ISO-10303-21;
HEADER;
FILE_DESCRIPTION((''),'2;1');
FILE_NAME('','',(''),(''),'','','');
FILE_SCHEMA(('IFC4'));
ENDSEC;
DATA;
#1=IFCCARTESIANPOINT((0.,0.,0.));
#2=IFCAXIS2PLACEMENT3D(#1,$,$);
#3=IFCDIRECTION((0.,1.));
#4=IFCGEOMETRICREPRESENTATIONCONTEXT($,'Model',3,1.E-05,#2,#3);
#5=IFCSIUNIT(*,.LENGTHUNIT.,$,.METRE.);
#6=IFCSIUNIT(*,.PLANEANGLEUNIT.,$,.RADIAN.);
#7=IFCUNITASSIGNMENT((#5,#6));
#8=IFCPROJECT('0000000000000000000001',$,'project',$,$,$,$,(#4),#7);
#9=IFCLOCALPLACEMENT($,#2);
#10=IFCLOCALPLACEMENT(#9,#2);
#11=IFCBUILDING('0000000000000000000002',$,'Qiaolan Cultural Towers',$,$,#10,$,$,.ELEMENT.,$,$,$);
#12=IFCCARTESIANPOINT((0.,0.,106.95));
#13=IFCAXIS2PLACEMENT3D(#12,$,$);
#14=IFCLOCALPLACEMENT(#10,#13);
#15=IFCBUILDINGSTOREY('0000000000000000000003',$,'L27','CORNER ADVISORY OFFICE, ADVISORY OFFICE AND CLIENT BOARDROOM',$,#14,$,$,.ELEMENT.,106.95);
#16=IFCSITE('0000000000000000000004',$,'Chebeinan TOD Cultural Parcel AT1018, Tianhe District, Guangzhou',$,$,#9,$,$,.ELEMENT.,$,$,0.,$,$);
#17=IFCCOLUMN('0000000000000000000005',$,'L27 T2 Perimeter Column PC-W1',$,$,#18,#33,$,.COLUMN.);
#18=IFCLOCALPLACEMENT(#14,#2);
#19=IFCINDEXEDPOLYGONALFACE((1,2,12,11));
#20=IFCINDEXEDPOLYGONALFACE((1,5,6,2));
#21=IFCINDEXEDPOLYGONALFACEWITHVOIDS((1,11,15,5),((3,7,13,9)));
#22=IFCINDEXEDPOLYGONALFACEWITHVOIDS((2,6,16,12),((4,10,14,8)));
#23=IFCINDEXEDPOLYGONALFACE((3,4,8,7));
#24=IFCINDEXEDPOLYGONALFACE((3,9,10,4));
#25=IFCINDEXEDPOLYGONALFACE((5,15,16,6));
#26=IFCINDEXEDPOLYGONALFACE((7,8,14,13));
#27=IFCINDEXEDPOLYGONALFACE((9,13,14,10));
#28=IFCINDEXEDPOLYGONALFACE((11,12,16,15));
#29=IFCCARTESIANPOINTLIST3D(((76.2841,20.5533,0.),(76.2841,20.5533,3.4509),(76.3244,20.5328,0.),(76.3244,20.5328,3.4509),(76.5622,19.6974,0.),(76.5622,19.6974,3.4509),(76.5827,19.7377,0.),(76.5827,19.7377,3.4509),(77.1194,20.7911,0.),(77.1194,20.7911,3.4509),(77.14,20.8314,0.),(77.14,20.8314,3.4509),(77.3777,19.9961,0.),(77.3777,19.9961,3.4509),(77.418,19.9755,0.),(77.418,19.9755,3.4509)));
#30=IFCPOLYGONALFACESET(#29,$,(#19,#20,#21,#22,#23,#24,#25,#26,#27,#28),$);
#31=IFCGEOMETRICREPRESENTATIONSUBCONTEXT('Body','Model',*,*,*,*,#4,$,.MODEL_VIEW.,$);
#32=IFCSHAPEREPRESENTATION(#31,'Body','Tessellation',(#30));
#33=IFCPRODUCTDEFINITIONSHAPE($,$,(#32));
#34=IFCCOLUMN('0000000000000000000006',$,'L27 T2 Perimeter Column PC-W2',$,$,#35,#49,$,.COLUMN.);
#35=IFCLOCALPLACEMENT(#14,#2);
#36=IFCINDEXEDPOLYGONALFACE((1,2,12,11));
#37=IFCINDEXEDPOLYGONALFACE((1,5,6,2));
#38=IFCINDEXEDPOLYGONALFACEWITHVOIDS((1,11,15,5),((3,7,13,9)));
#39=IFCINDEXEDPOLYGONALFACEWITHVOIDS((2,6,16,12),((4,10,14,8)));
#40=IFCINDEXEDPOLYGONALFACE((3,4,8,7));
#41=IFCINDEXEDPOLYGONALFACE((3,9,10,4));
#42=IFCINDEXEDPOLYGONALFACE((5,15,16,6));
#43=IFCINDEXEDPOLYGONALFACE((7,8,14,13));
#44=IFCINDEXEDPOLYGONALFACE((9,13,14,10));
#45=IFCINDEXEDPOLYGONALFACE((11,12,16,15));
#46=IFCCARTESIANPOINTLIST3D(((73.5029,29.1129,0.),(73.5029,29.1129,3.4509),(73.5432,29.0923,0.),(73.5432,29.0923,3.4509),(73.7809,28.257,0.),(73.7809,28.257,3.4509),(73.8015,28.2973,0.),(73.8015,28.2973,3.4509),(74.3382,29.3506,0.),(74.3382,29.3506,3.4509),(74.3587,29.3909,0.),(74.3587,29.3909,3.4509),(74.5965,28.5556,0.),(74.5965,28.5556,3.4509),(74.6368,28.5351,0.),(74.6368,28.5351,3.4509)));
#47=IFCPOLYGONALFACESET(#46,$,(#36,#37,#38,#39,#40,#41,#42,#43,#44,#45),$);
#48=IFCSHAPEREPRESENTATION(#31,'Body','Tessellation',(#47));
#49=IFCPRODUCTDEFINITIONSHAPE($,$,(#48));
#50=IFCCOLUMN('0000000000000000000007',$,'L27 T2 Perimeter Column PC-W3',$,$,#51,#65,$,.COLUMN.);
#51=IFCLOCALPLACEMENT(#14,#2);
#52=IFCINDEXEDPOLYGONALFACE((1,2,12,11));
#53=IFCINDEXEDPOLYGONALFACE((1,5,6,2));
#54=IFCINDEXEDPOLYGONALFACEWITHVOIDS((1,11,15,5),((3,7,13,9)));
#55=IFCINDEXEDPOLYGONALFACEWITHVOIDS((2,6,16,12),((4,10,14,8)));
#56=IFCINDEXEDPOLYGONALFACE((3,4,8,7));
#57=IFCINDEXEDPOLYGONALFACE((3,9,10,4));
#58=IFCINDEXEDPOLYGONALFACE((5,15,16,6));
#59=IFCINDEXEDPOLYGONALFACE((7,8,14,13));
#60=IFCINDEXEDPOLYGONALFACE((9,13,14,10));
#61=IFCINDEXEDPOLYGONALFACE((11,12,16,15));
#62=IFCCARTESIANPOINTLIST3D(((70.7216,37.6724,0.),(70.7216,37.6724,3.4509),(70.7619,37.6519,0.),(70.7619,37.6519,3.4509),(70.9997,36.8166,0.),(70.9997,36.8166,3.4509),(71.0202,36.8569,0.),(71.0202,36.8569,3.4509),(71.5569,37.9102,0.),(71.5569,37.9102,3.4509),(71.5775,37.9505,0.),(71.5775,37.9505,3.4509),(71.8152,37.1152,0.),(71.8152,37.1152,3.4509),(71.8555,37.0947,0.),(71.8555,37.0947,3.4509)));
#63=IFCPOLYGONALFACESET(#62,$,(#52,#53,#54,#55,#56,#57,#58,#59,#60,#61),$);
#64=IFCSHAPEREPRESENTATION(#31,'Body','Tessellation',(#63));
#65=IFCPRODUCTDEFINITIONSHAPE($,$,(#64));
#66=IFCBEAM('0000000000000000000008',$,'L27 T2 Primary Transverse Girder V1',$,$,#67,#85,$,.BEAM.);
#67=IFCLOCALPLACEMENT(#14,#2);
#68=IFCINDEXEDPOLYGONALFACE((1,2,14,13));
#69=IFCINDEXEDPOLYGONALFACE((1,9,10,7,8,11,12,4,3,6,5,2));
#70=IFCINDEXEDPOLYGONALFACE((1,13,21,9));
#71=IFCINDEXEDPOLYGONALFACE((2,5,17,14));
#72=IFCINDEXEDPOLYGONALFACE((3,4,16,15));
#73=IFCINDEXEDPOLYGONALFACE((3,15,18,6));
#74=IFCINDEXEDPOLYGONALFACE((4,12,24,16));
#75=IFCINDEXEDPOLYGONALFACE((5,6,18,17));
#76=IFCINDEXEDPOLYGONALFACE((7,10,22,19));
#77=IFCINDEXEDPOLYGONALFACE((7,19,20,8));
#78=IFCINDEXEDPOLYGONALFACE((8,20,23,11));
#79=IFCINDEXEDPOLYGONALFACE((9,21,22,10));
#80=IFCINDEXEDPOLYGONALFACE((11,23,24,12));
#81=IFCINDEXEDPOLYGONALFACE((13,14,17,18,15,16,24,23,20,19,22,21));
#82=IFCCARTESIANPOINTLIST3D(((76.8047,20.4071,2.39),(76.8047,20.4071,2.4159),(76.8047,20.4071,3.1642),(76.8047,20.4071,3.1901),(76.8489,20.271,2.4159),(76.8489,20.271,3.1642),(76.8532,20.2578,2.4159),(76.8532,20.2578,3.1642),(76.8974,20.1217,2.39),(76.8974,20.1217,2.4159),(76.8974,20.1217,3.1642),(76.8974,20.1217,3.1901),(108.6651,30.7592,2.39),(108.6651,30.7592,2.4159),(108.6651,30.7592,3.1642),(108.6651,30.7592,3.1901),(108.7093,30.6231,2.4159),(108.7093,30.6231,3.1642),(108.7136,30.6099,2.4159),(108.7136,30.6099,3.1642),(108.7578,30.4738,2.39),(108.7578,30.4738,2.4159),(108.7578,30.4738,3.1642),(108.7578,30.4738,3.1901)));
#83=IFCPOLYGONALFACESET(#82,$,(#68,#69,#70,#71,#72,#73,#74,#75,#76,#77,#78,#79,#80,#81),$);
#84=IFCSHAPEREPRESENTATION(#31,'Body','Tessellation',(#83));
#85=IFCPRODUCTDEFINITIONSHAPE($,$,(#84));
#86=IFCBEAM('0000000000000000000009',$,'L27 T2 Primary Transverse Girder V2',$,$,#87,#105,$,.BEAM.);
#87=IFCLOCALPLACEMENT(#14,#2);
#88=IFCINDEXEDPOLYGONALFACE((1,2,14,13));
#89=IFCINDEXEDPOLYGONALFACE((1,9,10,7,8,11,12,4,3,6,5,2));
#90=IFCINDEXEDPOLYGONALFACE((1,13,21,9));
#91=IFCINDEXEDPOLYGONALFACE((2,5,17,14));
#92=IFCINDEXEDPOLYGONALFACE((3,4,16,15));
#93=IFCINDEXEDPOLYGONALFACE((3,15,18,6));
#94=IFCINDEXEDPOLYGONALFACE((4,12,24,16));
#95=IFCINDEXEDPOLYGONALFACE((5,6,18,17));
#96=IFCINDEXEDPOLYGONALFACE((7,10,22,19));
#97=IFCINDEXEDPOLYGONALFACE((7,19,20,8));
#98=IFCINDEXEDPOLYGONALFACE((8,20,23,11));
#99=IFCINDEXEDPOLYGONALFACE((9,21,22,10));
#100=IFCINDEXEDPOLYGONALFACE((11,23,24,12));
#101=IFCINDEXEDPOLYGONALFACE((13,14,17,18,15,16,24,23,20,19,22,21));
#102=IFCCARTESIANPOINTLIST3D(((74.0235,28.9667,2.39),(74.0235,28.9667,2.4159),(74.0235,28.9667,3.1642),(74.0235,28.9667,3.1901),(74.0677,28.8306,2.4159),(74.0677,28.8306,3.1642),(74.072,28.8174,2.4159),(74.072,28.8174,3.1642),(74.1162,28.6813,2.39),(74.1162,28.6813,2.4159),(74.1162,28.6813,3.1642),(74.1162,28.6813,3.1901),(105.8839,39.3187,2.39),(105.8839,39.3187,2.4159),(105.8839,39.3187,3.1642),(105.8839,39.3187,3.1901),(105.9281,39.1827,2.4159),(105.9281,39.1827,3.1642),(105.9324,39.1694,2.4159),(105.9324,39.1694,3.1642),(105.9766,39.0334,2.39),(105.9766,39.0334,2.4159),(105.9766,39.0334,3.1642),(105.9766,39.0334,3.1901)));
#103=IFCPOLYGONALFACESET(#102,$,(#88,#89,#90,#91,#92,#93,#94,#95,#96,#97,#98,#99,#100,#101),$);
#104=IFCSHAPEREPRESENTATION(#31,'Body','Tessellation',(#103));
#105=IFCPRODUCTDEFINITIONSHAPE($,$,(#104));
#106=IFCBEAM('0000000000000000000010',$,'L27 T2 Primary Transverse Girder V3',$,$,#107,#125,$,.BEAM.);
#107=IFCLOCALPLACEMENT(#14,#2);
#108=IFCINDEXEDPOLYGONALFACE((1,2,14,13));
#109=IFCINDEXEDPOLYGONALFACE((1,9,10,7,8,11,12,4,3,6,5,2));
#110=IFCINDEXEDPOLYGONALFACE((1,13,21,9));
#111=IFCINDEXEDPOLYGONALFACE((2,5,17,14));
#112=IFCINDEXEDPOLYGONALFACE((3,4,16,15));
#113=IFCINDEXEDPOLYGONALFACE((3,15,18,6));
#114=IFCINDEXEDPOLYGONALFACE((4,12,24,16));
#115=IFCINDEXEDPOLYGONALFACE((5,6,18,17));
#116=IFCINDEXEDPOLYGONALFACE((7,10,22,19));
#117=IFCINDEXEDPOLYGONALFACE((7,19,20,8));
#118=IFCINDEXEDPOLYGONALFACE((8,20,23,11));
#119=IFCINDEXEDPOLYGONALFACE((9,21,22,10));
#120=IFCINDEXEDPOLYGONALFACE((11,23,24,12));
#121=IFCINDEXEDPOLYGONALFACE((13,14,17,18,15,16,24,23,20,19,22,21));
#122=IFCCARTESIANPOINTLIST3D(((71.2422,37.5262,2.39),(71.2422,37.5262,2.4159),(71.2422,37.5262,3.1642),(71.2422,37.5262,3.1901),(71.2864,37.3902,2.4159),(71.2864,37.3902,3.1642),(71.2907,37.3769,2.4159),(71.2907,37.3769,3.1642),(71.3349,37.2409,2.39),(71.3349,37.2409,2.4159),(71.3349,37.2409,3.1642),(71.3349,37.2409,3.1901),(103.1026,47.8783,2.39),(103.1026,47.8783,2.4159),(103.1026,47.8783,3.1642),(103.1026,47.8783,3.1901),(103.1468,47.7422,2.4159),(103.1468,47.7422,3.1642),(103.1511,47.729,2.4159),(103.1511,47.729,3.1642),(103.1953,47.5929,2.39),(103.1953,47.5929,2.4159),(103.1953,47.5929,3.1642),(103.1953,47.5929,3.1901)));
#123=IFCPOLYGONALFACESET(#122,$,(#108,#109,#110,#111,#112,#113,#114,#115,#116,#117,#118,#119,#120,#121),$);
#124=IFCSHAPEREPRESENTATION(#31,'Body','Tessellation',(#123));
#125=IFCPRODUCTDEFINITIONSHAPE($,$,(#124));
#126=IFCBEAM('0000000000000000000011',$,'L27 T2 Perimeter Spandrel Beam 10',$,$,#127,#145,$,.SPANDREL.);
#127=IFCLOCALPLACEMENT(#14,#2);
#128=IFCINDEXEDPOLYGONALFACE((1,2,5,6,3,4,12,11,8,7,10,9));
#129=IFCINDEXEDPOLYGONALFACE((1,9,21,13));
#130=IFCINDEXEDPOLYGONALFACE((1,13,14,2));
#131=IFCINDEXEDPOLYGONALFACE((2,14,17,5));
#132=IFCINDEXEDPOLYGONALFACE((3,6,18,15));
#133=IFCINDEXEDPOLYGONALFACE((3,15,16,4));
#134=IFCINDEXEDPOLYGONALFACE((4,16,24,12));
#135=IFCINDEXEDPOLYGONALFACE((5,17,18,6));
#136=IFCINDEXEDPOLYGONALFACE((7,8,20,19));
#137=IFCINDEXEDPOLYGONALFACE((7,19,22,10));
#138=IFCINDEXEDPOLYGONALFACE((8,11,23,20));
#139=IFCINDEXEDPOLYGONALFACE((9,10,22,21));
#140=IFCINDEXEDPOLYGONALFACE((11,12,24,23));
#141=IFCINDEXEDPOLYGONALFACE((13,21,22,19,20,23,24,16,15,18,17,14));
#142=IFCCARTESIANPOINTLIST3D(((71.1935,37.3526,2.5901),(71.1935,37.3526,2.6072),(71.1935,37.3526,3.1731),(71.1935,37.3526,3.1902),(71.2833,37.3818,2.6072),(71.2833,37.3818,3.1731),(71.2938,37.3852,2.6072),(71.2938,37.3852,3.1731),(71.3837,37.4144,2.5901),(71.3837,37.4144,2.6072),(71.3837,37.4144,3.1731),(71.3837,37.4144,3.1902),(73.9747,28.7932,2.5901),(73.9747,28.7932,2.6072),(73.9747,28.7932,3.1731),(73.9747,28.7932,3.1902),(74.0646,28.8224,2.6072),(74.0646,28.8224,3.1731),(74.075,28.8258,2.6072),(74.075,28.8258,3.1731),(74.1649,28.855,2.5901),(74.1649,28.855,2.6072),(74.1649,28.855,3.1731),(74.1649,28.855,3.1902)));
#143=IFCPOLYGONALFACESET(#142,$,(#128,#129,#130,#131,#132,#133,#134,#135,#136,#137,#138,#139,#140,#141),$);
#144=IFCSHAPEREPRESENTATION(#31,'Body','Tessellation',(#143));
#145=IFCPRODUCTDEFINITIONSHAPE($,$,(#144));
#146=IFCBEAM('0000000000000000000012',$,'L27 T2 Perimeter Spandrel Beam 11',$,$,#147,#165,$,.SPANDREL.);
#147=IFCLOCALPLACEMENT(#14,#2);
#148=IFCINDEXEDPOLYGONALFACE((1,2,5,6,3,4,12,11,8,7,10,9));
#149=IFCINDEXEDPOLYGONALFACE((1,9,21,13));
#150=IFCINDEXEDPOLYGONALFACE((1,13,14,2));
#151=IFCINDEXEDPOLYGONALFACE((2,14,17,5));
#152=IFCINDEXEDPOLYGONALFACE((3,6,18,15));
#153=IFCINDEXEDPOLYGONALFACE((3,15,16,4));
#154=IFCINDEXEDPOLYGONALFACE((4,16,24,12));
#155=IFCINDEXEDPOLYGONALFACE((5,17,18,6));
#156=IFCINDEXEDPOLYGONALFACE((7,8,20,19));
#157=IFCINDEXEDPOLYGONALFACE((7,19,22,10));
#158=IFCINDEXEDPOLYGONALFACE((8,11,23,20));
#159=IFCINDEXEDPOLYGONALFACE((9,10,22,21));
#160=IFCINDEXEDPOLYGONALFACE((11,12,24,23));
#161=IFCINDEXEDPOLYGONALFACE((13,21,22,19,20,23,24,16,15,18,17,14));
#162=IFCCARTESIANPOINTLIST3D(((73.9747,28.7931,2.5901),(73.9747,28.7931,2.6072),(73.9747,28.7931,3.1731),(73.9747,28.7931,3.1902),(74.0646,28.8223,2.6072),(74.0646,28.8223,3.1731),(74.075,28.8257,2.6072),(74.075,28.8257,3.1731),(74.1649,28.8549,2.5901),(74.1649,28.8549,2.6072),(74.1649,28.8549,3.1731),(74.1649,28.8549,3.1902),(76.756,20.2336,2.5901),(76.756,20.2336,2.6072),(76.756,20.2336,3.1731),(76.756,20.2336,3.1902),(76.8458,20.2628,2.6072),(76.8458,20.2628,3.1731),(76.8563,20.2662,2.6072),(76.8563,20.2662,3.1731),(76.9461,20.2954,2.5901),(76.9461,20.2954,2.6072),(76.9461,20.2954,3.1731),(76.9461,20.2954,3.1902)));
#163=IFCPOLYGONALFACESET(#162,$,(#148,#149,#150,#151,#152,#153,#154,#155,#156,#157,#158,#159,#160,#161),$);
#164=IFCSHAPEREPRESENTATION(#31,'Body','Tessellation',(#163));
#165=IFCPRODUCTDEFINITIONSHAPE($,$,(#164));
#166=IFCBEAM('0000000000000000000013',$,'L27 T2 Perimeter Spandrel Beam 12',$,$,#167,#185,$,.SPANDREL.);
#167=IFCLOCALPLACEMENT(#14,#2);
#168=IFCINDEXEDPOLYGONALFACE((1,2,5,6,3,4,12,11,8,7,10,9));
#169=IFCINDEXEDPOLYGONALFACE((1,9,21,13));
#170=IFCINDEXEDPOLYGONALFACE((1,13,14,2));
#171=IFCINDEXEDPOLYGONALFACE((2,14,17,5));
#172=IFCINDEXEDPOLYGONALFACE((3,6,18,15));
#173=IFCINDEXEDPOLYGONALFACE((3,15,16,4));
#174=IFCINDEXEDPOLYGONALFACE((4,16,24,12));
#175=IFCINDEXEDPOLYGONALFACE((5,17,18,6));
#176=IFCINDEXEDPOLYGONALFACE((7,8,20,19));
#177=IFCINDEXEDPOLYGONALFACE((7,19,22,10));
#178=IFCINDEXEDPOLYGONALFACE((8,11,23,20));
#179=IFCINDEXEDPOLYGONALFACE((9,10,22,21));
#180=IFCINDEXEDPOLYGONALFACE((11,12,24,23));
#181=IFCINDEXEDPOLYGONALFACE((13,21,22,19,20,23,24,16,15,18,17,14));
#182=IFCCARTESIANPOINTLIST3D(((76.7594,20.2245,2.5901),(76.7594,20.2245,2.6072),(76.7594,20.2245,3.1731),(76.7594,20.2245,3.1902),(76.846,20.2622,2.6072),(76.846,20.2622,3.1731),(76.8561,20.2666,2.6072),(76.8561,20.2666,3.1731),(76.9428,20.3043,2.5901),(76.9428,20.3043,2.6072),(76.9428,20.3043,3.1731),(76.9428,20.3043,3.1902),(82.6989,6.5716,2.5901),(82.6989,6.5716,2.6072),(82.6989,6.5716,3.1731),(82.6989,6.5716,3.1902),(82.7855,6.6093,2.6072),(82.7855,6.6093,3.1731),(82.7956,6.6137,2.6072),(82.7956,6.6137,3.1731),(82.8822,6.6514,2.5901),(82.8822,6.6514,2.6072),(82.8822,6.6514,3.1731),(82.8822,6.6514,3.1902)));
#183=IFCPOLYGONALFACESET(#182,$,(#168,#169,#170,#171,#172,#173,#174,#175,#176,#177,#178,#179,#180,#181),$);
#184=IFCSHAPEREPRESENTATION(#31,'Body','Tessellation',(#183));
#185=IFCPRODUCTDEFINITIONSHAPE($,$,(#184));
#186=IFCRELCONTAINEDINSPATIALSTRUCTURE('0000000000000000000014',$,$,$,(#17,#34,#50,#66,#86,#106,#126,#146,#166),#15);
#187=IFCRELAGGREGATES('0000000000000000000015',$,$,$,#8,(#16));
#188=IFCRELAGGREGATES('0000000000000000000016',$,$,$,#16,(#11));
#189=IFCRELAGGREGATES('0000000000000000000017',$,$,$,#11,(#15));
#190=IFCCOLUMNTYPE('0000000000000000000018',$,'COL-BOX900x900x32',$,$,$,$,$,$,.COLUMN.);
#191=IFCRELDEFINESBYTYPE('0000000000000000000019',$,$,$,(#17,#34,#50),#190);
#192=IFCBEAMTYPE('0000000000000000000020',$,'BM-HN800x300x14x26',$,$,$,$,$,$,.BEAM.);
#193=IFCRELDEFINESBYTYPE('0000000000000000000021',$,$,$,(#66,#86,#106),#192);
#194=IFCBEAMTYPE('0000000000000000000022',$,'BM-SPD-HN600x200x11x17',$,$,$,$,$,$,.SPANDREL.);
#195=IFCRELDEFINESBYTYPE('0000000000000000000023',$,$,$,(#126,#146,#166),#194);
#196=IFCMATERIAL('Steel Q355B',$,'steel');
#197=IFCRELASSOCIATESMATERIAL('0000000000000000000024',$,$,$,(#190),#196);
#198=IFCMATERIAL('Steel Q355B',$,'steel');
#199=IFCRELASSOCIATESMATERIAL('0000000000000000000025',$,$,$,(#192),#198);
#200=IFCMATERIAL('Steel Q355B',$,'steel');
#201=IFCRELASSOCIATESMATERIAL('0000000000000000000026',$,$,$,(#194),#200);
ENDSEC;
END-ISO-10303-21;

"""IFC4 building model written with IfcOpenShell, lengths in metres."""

from ifc_helpers import new_model, si_unit, direction, frame, origin, origin_2d, place, context, subcontext, project, spatial, hollow_rectangle, i_section, extrude, material, material_profile, profile_set, type_object, element, save


model = new_model("IFC4")

# Units and contexts
model_context = context("Model", 3, precision=1e-05, world=origin(), true_north=direction((0.0, 1.0)))
body_context = subcontext(model_context, "Body", "Model", "MODEL_VIEW")
ifc_project = project(units=[si_unit("LENGTHUNIT", "METRE"), si_unit("PLANEANGLEUNIT", "RADIAN")], contexts=[model_context])

# Site, building, storey
site_placement = place(None, origin())
site = spatial("IfcSite", under=ifc_project, at=site_placement, Name="Chebeinan TOD Cultural Parcel AT1018, Tianhe District, Guangzhou", CompositionType="ELEMENT", RefElevation=0.0)
building_placement = place(site_placement, origin())
building = spatial("IfcBuilding", under=site, at=building_placement, Name="Qiaolan Cultural Towers", CompositionType="ELEMENT")
storey_placement = place(building_placement, frame((0.0, 0.0, 106.95)))
storey = spatial("IfcBuildingStorey", under=building, at=storey_placement, Name="L27", Description="CORNER ADVISORY OFFICE, ADVISORY OFFICE AND CLIENT BOARDROOM", CompositionType="ELEMENT", Elevation=106.95)

# Columns
ifc_material_1 = material(Name="Steel Q355B", Category="steel")
ifc_material_profile_1 = material_profile(ifc_material_1, hollow_rectangle(XDim=0.8999, YDim=0.8999, WallThickness=0.032, at=origin_2d()), Name="BOX900x900x32")
ifc_profile_set_1 = profile_set([ifc_material_profile_1], Name="Steel Q355B")
column_type = type_object("IfcColumnType", Name="COL-BOX900x900x32", PredefinedType="COLUMN", material=ifc_profile_set_1)
for number, where, z_axis, x_axis, name in (
    (1, (76.8511, 20.2644, 0.0), (0.0, 0.0, 1.0), (0.951057, 0.309017, 0.0), "L27 T2 Perimeter Column PC-W1"),
    (2, (74.0698, 28.824, 0.0), (0.0, 0.0, 1.0), (0.951057, 0.309017, 0.0), "L27 T2 Perimeter Column PC-W2"),
    (3, (71.2886, 37.3835, 0.0), (0.0, 0.0, 1.0), (0.951057, 0.309017, 0.0), "L27 T2 Perimeter Column PC-W3"),
):
    element("IfcColumn", number, at=place(storey_placement, frame(where, z_axis=z_axis, x_axis=x_axis)), inside=storey, type_object=column_type, Name=name, PredefinedType="COLUMN", context=body_context, shape_type="SweptSolid", body=[
        extrude(hollow_rectangle(XDim=0.8999, YDim=0.8999, WallThickness=0.032, at=origin_2d()), origin(), (0.0, 0.0, 1.0), 3.4509),
    ])

# Beams
ifc_material_2 = material(Name="Steel Q355B", Category="steel")
ifc_material_profile_2 = material_profile(ifc_material_2, i_section(OverallWidth=0.3, OverallDepth=0.8, WebThickness=0.0139, FlangeThickness=0.0259, at=origin_2d()), Name="HN800x300x14x26")
ifc_profile_set_2 = profile_set([ifc_material_profile_2], Name="Steel Q355B")
beam_type_1 = type_object("IfcBeamType", Name="BM-HN800x300x14x26", PredefinedType="BEAM", material=ifc_profile_set_2)
for number, where, z_axis, x_axis, name in (
    (4, (76.8511, 20.2644, 2.79), (0.951057, 0.309017, 0.0), (-0.309017, 0.951057, 0.0), "L27 T2 Primary Transverse Girder V1"),
    (5, (74.0698, 28.824, 2.79), (0.951057, 0.309017, 0.0), (-0.309017, 0.951057, 0.0), "L27 T2 Primary Transverse Girder V2"),
    (6, (71.2886, 37.3835, 2.79), (0.951057, 0.309017, 0.0), (-0.309017, 0.951057, 0.0), "L27 T2 Primary Transverse Girder V3"),
):
    element("IfcBeam", number, at=place(storey_placement, frame(where, z_axis=z_axis, x_axis=x_axis)), inside=storey, type_object=beam_type_1, Name=name, PredefinedType="BEAM", context=body_context, shape_type="SweptSolid", body=[
        extrude(i_section(OverallWidth=0.3, OverallDepth=0.8, WebThickness=0.0139, FlangeThickness=0.0259, at=origin_2d()), origin(), (0.0, 0.0, 1.0), 33.5),
    ])
ifc_material_3 = material(Name="Steel Q355B", Category="steel")
ifc_material_profile_3 = material_profile(ifc_material_3, i_section(OverallWidth=0.2, OverallDepth=0.6001, WebThickness=0.011, FlangeThickness=0.0171, at=origin_2d()), Name="HN600x200x11x17")
ifc_profile_set_3 = profile_set([ifc_material_profile_3], Name="Steel Q355B")
beam_type_2 = type_object("IfcBeamType", Name="BM-SPD-HN600x200x11x17", PredefinedType="SPANDREL", material=ifc_profile_set_3)
for number, where, z_axis, x_axis, name in (
    (7, (71.2886, 37.3835, 2.8901), (0.309025, -0.951054, 0.0), (0.951054, 0.309025, 0.0), "L27 T2 Perimeter Spandrel Beam 10"),
    (8, (74.0698, 28.824, 2.8901), (0.309025, -0.951054, 0.0), (0.951054, 0.309025, 0.0), "L27 T2 Perimeter Spandrel Beam 11"),
):
    element("IfcBeam", number, at=place(storey_placement, frame(where, z_axis=z_axis, x_axis=x_axis)), inside=storey, type_object=beam_type_2, Name=name, PredefinedType="SPANDREL", context=body_context, shape_type="SweptSolid", body=[
        extrude(i_section(OverallWidth=0.2, OverallDepth=0.6001, WebThickness=0.011, FlangeThickness=0.0171, at=origin_2d()), origin(), (0.0, 0.0, 1.0), 9.0),
    ])
beam_placement = place(storey_placement, frame((76.8511, 20.2644, 2.8901), z_axis=(0.39892, -0.916986, 0.0), x_axis=(0.916986, 0.39892, 0.0)))
element("IfcBeam", 9, at=beam_placement, inside=storey, type_object=beam_type_2, Name="L27 T2 Perimeter Spandrel Beam 12", PredefinedType="SPANDREL", context=body_context, shape_type="SweptSolid", body=[
    extrude(i_section(OverallWidth=0.2, OverallDepth=0.6001, WebThickness=0.011, FlangeThickness=0.0171, at=origin_2d()), origin(), (0.0, 0.0, 1.0), 14.8889),
])

save(model, "model.ifc")
